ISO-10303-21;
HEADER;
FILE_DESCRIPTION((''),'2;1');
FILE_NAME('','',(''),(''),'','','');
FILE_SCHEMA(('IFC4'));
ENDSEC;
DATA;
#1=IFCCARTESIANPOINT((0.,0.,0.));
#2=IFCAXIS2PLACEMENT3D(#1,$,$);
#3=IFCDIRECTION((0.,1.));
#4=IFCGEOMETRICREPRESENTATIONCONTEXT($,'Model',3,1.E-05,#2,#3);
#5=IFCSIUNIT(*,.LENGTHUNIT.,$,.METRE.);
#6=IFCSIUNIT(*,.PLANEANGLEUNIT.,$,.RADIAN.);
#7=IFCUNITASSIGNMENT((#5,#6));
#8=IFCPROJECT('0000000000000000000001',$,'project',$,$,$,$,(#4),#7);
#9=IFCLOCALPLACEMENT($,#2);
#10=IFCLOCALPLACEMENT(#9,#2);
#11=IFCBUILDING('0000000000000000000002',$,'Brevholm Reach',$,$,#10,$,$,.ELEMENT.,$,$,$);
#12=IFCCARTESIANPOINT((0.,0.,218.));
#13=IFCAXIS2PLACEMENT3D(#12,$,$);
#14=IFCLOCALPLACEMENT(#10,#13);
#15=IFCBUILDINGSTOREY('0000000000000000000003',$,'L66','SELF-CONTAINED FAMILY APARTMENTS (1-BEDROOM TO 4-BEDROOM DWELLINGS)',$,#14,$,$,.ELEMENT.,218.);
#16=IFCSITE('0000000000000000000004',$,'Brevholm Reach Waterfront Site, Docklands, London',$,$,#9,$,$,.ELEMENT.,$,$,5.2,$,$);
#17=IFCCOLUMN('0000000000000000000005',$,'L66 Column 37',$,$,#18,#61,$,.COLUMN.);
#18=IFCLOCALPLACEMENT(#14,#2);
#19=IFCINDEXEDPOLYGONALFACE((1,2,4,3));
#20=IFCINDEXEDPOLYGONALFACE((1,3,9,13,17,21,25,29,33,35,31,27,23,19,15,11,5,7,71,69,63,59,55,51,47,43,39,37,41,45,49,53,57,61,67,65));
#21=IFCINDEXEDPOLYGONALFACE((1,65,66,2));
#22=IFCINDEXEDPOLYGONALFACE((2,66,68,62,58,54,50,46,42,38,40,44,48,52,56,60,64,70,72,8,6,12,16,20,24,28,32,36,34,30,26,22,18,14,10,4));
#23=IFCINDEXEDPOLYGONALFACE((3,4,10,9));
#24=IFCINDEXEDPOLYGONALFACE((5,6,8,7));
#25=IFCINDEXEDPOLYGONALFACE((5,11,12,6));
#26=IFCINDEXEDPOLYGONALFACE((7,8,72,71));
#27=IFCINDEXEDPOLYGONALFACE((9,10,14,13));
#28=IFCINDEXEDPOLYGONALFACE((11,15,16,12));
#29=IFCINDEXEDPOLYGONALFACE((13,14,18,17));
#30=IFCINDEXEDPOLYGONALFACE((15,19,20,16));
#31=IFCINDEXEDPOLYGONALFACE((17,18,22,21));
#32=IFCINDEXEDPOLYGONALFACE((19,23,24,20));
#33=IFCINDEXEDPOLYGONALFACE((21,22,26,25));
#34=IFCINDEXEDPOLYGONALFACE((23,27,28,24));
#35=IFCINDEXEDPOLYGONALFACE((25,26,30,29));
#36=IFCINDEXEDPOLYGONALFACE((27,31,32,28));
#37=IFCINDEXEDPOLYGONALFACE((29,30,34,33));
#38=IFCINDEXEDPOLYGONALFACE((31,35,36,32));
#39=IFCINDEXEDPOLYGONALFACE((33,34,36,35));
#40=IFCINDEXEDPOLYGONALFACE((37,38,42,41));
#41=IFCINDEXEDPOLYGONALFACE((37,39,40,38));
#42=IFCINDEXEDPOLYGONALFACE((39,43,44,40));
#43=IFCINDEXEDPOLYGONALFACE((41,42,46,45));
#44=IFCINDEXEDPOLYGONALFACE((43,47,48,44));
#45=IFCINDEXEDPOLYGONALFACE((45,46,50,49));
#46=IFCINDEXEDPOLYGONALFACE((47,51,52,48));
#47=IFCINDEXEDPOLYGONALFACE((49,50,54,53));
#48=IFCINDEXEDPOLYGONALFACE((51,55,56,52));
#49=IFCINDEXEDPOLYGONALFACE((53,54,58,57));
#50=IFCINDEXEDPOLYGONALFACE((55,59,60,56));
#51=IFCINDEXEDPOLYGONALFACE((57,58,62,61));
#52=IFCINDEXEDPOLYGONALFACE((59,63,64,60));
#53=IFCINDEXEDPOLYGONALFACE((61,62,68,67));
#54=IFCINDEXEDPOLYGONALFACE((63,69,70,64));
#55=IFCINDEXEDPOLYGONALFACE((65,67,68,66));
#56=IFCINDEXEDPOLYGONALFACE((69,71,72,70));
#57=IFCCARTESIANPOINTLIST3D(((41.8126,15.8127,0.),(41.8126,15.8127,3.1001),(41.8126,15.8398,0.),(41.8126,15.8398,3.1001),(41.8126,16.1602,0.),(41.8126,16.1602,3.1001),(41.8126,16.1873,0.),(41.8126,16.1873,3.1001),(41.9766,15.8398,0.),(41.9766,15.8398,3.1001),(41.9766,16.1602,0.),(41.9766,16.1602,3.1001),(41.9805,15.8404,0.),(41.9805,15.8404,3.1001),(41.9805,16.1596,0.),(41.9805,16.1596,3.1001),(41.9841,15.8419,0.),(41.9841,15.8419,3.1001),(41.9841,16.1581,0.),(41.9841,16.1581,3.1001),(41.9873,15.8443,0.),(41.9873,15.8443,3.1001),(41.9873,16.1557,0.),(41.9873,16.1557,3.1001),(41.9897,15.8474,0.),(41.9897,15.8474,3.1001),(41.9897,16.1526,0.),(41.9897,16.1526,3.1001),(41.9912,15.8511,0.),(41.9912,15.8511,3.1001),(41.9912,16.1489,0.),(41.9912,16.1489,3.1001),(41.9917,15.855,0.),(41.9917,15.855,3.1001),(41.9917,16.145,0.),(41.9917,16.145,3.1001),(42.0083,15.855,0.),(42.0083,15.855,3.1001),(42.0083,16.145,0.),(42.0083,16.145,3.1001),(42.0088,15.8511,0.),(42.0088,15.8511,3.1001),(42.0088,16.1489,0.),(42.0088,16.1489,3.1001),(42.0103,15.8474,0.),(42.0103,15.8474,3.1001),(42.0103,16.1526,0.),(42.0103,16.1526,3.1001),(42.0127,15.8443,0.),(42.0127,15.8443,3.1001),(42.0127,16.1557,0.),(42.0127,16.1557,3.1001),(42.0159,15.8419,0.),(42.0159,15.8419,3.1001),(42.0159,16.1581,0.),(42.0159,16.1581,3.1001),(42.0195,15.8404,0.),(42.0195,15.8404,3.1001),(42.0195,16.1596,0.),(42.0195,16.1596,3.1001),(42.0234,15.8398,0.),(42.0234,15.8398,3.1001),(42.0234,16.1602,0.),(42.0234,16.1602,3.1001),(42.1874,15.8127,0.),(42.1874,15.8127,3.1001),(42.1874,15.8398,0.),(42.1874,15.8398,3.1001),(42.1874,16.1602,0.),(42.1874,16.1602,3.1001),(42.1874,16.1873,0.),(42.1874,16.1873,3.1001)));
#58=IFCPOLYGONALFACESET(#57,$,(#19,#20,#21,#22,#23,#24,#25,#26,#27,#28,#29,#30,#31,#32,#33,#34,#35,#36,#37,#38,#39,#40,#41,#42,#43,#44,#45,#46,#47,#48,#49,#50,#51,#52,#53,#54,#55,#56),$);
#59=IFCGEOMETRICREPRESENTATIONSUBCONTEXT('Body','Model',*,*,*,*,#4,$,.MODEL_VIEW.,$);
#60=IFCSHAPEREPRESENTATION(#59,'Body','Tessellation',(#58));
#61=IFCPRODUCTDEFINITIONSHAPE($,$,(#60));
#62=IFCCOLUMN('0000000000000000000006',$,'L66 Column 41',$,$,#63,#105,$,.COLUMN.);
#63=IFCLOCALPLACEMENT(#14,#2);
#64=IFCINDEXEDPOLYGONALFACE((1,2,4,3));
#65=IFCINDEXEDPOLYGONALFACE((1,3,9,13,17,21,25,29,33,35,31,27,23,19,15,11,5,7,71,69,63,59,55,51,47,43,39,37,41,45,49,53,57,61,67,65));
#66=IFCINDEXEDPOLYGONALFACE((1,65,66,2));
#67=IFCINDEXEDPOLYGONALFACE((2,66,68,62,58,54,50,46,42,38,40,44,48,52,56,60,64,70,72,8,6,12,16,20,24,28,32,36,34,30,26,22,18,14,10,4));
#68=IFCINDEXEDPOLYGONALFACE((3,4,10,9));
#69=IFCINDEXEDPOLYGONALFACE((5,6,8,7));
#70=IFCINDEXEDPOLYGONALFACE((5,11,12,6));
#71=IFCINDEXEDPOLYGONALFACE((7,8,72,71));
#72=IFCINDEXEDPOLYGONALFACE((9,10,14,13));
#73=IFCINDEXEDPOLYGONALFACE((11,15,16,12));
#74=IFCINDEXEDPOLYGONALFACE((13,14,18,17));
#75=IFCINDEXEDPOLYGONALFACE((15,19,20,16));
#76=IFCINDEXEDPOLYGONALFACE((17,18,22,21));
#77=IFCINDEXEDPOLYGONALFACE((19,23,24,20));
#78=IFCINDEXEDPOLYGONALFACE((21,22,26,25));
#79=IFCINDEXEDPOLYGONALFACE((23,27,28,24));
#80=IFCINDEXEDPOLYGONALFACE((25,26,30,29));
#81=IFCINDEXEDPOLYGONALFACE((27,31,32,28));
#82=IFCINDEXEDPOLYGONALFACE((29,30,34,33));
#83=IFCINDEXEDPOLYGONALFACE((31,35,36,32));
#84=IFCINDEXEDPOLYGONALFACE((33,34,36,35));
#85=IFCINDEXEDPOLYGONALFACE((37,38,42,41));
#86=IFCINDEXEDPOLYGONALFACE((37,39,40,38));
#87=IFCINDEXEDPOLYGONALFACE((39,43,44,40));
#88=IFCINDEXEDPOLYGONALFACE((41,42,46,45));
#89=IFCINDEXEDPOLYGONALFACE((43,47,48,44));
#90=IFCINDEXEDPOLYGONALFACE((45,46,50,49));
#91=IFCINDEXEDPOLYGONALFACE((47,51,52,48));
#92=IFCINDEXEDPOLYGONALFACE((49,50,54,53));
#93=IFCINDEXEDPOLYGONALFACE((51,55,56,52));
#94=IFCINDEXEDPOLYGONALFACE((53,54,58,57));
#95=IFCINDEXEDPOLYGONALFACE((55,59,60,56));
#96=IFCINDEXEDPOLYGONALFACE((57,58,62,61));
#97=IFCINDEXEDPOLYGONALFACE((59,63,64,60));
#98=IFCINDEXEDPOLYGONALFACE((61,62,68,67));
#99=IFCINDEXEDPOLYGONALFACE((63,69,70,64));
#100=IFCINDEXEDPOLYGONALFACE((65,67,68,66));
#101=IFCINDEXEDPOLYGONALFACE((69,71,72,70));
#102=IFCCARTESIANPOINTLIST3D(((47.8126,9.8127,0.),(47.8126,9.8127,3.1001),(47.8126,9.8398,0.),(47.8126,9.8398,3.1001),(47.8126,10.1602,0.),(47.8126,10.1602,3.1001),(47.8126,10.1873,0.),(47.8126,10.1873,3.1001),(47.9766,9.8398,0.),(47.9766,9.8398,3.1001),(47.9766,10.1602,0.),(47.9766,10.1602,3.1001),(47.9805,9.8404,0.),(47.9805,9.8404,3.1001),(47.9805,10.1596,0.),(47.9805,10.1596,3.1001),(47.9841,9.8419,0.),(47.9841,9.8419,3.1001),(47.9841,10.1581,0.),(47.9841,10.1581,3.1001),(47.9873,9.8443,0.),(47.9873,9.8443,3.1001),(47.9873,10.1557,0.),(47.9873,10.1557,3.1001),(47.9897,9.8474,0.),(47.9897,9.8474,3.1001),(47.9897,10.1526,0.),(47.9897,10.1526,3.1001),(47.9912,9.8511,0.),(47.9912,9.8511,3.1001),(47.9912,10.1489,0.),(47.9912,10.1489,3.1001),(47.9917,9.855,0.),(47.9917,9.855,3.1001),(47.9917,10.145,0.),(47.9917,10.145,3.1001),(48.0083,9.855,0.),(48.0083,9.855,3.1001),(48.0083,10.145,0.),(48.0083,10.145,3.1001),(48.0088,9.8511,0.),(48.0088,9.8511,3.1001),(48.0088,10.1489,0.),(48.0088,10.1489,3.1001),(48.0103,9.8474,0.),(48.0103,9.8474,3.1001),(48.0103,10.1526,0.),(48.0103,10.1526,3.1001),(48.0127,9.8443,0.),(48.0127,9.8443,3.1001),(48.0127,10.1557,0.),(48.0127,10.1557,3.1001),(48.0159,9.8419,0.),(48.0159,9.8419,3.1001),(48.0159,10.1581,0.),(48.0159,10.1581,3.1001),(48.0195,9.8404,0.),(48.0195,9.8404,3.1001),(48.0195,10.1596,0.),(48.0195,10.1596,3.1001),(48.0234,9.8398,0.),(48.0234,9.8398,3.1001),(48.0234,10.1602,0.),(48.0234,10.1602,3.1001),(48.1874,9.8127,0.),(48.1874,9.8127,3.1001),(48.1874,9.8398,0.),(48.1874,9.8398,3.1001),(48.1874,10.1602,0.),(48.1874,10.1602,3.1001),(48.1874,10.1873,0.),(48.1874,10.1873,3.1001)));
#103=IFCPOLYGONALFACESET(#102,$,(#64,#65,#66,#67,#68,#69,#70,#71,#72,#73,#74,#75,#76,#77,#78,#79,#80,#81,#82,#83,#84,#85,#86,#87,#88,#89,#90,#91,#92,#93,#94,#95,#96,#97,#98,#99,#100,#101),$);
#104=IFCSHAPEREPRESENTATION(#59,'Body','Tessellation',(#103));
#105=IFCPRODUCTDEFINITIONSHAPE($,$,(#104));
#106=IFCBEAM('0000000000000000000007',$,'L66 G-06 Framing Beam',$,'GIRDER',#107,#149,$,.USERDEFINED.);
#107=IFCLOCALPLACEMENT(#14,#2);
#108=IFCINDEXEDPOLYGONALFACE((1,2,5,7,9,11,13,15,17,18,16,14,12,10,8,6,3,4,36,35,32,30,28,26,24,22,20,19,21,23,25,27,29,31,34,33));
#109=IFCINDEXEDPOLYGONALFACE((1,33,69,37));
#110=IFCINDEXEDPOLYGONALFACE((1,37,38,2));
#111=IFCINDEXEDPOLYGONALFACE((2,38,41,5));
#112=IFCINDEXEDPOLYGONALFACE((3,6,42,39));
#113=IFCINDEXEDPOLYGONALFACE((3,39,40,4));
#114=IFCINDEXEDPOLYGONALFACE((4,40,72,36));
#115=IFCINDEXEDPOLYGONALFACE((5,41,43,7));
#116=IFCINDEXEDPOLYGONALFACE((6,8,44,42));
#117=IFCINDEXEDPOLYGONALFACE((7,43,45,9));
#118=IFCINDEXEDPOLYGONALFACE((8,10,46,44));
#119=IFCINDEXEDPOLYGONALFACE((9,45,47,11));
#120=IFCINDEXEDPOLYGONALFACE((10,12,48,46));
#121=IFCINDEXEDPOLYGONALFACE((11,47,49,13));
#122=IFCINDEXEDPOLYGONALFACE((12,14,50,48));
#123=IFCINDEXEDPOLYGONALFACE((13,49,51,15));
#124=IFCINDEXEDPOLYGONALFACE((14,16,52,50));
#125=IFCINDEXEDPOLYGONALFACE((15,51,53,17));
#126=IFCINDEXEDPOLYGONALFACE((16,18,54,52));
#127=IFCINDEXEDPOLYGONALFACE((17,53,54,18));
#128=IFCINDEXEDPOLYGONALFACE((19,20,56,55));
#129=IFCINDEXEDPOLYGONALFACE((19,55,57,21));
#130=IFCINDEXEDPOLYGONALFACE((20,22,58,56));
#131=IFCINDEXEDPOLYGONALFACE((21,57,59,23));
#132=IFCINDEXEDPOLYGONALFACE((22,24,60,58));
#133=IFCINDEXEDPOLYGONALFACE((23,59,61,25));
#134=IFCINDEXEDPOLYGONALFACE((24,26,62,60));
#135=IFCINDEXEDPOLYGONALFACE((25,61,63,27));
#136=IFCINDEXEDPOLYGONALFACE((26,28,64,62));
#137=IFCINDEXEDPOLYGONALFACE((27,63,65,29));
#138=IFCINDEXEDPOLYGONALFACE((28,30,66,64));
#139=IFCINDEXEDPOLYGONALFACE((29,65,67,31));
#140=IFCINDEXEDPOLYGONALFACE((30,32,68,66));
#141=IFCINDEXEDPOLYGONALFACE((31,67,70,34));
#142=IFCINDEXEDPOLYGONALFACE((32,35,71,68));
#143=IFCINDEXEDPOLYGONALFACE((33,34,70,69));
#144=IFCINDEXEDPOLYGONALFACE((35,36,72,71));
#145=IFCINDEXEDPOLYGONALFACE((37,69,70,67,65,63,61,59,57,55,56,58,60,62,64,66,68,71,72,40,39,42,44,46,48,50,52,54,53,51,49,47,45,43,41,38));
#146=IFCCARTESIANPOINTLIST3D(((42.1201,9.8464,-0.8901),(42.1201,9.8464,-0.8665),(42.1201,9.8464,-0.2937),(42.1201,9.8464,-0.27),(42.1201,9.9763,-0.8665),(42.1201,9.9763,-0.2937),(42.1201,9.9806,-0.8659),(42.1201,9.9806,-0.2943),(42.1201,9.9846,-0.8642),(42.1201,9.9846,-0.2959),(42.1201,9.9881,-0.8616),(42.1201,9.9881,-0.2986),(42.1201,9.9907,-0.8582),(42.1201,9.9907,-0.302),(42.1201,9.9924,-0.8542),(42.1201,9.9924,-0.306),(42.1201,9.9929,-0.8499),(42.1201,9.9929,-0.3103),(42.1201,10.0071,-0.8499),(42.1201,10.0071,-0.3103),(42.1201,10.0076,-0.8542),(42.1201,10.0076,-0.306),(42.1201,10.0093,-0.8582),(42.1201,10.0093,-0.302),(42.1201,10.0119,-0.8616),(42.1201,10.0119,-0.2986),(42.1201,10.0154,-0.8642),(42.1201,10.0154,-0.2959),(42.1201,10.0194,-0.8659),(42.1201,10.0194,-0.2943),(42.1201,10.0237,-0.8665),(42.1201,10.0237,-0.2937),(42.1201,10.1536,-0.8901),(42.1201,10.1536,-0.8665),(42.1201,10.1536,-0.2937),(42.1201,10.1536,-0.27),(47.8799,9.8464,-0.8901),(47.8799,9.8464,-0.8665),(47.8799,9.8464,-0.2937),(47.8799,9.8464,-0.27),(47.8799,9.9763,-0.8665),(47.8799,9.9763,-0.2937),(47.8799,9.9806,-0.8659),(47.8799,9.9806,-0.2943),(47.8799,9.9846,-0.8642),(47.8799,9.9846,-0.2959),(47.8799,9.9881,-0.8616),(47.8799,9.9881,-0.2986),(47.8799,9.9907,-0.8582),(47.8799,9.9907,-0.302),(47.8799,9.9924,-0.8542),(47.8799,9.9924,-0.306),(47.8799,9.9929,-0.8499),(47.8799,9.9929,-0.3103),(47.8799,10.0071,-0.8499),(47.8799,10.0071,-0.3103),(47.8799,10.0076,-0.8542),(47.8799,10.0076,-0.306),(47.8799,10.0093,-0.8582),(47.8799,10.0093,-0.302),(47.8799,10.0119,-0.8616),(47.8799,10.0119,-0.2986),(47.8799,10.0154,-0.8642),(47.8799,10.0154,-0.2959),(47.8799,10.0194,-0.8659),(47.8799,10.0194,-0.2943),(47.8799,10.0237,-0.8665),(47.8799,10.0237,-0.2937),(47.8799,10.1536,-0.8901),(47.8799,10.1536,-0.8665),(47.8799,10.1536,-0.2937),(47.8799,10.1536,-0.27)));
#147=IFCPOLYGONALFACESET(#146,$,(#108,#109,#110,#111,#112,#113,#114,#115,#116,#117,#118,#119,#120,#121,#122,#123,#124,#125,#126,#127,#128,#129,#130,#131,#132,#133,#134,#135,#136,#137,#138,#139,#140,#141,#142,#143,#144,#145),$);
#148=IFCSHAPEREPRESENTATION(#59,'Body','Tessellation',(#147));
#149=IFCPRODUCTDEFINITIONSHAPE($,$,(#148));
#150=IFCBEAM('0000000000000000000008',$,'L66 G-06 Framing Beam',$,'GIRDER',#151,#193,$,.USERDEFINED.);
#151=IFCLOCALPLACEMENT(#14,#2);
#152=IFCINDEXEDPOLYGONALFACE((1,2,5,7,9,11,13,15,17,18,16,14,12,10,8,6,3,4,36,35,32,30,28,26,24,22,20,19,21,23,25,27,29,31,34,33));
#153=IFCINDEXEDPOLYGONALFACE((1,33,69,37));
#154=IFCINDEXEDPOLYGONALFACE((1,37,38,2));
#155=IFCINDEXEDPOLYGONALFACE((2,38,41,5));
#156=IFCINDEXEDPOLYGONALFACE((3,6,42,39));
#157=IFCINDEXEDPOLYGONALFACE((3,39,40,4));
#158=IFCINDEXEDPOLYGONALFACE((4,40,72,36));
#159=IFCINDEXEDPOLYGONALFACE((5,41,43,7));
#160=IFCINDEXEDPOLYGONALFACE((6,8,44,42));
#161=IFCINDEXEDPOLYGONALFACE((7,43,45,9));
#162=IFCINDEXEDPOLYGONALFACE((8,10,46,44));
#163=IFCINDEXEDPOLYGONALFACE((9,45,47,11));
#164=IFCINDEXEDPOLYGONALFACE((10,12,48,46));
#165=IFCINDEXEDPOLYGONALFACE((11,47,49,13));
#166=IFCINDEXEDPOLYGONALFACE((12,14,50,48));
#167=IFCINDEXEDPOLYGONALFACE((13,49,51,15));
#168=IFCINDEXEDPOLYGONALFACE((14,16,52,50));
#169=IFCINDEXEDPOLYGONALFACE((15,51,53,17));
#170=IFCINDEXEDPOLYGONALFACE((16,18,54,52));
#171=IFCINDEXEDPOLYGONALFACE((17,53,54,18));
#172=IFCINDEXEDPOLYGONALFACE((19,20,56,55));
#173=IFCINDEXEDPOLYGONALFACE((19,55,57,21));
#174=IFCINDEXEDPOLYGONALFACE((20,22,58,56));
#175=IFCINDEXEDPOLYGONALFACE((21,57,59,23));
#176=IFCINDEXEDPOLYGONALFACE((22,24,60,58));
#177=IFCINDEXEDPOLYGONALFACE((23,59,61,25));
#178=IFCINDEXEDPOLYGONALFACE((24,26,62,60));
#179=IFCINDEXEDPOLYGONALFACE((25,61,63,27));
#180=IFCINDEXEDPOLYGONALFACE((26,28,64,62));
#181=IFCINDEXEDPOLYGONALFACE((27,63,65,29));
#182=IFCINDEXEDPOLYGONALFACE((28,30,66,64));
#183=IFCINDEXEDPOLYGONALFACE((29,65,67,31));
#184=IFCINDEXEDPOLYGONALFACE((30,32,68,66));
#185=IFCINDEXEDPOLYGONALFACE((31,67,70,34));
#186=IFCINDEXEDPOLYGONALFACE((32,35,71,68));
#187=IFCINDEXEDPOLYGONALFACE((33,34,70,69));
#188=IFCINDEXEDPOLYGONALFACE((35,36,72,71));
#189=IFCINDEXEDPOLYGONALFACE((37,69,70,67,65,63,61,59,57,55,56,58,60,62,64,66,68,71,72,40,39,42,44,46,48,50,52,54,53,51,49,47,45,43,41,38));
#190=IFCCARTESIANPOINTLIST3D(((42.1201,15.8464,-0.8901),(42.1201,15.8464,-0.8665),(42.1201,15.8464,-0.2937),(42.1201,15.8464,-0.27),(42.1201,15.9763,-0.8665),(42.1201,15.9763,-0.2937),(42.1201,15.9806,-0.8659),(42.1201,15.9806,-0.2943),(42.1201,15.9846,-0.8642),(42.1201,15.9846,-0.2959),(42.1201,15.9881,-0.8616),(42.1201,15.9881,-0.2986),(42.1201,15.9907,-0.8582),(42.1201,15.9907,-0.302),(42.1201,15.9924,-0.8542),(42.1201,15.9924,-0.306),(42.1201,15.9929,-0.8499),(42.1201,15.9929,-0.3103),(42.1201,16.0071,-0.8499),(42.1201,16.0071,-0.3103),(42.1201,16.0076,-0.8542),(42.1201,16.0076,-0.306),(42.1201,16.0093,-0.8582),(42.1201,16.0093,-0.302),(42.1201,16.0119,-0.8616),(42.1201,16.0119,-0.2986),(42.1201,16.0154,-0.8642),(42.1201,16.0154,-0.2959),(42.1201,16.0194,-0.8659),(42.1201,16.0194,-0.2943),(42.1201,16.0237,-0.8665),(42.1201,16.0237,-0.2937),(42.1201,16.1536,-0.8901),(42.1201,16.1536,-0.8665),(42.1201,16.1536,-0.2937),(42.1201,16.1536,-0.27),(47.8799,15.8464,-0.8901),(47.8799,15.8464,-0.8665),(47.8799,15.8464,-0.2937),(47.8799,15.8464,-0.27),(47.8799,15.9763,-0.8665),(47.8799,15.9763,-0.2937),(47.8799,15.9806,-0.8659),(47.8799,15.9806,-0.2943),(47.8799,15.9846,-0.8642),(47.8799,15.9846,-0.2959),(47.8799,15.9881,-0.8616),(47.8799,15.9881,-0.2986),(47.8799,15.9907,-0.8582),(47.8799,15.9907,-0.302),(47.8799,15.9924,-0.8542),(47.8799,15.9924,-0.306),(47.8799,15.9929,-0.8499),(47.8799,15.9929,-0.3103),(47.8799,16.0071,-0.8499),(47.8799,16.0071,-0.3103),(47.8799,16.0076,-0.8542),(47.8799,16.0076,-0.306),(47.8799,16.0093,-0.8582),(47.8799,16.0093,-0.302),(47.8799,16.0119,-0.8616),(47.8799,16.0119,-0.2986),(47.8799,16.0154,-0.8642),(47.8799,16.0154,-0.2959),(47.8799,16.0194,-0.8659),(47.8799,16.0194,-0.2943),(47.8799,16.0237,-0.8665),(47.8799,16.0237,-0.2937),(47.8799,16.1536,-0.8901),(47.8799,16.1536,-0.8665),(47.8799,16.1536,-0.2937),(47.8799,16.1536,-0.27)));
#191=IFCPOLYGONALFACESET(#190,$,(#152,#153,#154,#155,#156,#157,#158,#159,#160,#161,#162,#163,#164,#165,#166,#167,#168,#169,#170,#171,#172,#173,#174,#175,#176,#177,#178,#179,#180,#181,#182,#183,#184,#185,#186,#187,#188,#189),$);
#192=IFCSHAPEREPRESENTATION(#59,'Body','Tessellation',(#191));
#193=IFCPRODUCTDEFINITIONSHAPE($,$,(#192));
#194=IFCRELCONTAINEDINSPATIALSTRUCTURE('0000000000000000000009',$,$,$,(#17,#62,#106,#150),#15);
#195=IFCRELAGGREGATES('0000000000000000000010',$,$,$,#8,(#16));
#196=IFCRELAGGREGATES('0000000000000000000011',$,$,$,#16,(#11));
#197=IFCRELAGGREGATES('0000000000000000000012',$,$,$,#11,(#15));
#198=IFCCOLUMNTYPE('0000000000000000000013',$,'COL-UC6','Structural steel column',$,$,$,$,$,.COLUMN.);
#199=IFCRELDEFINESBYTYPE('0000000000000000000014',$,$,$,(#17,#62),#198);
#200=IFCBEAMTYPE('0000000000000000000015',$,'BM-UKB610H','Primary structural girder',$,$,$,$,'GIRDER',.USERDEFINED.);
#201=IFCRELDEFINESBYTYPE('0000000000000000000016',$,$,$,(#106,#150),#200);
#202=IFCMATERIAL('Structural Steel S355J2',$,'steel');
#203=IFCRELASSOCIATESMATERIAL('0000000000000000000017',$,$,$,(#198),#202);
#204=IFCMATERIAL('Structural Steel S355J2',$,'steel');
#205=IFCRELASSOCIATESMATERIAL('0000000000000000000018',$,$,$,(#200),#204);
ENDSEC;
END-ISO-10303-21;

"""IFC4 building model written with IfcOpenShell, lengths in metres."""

from ifc_helpers import new_model, si_unit, direction, frame, origin, origin_2d, place, context, subcontext, project, spatial, i_section, extrude, material, material_profile, profile_set, type_object, element, save


model = new_model("IFC4")

# Units and contexts
model_context = context("Model", 3, precision=1e-05, world=origin(), true_north=direction((0.0, 1.0)))
body_context = subcontext(model_context, "Body", "Model", "MODEL_VIEW")
ifc_project = project(units=[si_unit("LENGTHUNIT", "METRE"), si_unit("PLANEANGLEUNIT", "RADIAN")], contexts=[model_context])

# Site, building, storey
site_placement = place(None, origin())
site = spatial("IfcSite", under=ifc_project, at=site_placement, Name="Brevholm Reach Waterfront Site, Docklands, London", CompositionType="ELEMENT", RefElevation=5.2)
building_placement = place(site_placement, origin())
building = spatial("IfcBuilding", under=site, at=building_placement, Name="Brevholm Reach", CompositionType="ELEMENT")
storey_placement = place(building_placement, frame((0.0, 0.0, 218.0)))
storey = spatial("IfcBuildingStorey", under=building, at=storey_placement, Name="L66", Description="SELF-CONTAINED FAMILY APARTMENTS (1-BEDROOM TO 4-BEDROOM DWELLINGS)", CompositionType="ELEMENT", Elevation=218.0)

# Columns
ifc_material_1 = material(Name="Structural Steel S355J2", Category="steel")
ifc_material_profile_1 = material_profile(ifc_material_1, i_section(OverallWidth=0.3748, OverallDepth=0.3745, WebThickness=0.0166, FlangeThickness=0.0271, FilletRadius=0.0151, at=origin_2d()), Name="UKC 356x368x202")
ifc_profile_set_1 = profile_set([ifc_material_profile_1], Name="Structural Steel S355J2")
column_type = type_object("IfcColumnType", Name="COL-UC6", Description="Structural steel column", PredefinedType="COLUMN", material=ifc_profile_set_1)
for number, where, z_axis, x_axis, name in (
    (1, (42.0, 16.0, 0.0), (0.0, 0.0, 1.0), (1.0, 0.0, 0.0), "L66 Column 37"),
    (2, (48.0, 10.0, 0.0), (0.0, 0.0, 1.0), (1.0, 0.0, 0.0), "L66 Column 41"),
):
    element("IfcColumn", number, at=place(storey_placement, frame(where, z_axis=z_axis, x_axis=x_axis)), inside=storey, type_object=column_type, Name=name, PredefinedType="COLUMN", context=body_context, shape_type="SweptSolid", body=[
        extrude(i_section(OverallWidth=0.3748, OverallDepth=0.3745, WebThickness=0.0166, FlangeThickness=0.0271, FilletRadius=0.0151, at=origin_2d()), origin(), (0.0, 0.0, 1.0), 3.1001),
    ])

# Beams
ifc_material_2 = material(Name="Structural Steel S355J2", Category="steel")
ifc_material_profile_2 = material_profile(ifc_material_2, i_section(OverallWidth=0.3071, OverallDepth=0.6201, WebThickness=0.0142, FlangeThickness=0.0237, FilletRadius=0.0166, at=origin_2d()), Name="UKB 610x305x179")
ifc_profile_set_2 = profile_set([ifc_material_profile_2], Name="Structural Steel S355J2")
beam_type = type_object("IfcBeamType", Name="BM-UKB610H", Description="Primary structural girder", ElementType="GIRDER", PredefinedType="USERDEFINED", material=ifc_profile_set_2)
for number, where, z_axis, x_axis, name in (
    (3, (42.1201, 10.0, -0.5801), (1.0, 0.0, 0.0), (0.0, 1.0, 0.0), "L66 G-06 Framing Beam"),
    (4, (42.1201, 16.0, -0.5801), (1.0, 0.0, 0.0), (0.0, 1.0, 0.0), "L66 G-06 Framing Beam"),
):
    element("IfcBeam", number, at=place(storey_placement, frame(where, z_axis=z_axis, x_axis=x_axis)), inside=storey, type_object=beam_type, Name=name, ObjectType="GIRDER", PredefinedType="USERDEFINED", context=body_context, shape_type="SweptSolid", body=[
        extrude(i_section(OverallWidth=0.3071, OverallDepth=0.6201, WebThickness=0.0142, FlangeThickness=0.0237, FilletRadius=0.0166, at=origin_2d()), origin(), (0.0, 0.0, 1.0), 5.7598),
    ])

save(model, "model.ifc")
